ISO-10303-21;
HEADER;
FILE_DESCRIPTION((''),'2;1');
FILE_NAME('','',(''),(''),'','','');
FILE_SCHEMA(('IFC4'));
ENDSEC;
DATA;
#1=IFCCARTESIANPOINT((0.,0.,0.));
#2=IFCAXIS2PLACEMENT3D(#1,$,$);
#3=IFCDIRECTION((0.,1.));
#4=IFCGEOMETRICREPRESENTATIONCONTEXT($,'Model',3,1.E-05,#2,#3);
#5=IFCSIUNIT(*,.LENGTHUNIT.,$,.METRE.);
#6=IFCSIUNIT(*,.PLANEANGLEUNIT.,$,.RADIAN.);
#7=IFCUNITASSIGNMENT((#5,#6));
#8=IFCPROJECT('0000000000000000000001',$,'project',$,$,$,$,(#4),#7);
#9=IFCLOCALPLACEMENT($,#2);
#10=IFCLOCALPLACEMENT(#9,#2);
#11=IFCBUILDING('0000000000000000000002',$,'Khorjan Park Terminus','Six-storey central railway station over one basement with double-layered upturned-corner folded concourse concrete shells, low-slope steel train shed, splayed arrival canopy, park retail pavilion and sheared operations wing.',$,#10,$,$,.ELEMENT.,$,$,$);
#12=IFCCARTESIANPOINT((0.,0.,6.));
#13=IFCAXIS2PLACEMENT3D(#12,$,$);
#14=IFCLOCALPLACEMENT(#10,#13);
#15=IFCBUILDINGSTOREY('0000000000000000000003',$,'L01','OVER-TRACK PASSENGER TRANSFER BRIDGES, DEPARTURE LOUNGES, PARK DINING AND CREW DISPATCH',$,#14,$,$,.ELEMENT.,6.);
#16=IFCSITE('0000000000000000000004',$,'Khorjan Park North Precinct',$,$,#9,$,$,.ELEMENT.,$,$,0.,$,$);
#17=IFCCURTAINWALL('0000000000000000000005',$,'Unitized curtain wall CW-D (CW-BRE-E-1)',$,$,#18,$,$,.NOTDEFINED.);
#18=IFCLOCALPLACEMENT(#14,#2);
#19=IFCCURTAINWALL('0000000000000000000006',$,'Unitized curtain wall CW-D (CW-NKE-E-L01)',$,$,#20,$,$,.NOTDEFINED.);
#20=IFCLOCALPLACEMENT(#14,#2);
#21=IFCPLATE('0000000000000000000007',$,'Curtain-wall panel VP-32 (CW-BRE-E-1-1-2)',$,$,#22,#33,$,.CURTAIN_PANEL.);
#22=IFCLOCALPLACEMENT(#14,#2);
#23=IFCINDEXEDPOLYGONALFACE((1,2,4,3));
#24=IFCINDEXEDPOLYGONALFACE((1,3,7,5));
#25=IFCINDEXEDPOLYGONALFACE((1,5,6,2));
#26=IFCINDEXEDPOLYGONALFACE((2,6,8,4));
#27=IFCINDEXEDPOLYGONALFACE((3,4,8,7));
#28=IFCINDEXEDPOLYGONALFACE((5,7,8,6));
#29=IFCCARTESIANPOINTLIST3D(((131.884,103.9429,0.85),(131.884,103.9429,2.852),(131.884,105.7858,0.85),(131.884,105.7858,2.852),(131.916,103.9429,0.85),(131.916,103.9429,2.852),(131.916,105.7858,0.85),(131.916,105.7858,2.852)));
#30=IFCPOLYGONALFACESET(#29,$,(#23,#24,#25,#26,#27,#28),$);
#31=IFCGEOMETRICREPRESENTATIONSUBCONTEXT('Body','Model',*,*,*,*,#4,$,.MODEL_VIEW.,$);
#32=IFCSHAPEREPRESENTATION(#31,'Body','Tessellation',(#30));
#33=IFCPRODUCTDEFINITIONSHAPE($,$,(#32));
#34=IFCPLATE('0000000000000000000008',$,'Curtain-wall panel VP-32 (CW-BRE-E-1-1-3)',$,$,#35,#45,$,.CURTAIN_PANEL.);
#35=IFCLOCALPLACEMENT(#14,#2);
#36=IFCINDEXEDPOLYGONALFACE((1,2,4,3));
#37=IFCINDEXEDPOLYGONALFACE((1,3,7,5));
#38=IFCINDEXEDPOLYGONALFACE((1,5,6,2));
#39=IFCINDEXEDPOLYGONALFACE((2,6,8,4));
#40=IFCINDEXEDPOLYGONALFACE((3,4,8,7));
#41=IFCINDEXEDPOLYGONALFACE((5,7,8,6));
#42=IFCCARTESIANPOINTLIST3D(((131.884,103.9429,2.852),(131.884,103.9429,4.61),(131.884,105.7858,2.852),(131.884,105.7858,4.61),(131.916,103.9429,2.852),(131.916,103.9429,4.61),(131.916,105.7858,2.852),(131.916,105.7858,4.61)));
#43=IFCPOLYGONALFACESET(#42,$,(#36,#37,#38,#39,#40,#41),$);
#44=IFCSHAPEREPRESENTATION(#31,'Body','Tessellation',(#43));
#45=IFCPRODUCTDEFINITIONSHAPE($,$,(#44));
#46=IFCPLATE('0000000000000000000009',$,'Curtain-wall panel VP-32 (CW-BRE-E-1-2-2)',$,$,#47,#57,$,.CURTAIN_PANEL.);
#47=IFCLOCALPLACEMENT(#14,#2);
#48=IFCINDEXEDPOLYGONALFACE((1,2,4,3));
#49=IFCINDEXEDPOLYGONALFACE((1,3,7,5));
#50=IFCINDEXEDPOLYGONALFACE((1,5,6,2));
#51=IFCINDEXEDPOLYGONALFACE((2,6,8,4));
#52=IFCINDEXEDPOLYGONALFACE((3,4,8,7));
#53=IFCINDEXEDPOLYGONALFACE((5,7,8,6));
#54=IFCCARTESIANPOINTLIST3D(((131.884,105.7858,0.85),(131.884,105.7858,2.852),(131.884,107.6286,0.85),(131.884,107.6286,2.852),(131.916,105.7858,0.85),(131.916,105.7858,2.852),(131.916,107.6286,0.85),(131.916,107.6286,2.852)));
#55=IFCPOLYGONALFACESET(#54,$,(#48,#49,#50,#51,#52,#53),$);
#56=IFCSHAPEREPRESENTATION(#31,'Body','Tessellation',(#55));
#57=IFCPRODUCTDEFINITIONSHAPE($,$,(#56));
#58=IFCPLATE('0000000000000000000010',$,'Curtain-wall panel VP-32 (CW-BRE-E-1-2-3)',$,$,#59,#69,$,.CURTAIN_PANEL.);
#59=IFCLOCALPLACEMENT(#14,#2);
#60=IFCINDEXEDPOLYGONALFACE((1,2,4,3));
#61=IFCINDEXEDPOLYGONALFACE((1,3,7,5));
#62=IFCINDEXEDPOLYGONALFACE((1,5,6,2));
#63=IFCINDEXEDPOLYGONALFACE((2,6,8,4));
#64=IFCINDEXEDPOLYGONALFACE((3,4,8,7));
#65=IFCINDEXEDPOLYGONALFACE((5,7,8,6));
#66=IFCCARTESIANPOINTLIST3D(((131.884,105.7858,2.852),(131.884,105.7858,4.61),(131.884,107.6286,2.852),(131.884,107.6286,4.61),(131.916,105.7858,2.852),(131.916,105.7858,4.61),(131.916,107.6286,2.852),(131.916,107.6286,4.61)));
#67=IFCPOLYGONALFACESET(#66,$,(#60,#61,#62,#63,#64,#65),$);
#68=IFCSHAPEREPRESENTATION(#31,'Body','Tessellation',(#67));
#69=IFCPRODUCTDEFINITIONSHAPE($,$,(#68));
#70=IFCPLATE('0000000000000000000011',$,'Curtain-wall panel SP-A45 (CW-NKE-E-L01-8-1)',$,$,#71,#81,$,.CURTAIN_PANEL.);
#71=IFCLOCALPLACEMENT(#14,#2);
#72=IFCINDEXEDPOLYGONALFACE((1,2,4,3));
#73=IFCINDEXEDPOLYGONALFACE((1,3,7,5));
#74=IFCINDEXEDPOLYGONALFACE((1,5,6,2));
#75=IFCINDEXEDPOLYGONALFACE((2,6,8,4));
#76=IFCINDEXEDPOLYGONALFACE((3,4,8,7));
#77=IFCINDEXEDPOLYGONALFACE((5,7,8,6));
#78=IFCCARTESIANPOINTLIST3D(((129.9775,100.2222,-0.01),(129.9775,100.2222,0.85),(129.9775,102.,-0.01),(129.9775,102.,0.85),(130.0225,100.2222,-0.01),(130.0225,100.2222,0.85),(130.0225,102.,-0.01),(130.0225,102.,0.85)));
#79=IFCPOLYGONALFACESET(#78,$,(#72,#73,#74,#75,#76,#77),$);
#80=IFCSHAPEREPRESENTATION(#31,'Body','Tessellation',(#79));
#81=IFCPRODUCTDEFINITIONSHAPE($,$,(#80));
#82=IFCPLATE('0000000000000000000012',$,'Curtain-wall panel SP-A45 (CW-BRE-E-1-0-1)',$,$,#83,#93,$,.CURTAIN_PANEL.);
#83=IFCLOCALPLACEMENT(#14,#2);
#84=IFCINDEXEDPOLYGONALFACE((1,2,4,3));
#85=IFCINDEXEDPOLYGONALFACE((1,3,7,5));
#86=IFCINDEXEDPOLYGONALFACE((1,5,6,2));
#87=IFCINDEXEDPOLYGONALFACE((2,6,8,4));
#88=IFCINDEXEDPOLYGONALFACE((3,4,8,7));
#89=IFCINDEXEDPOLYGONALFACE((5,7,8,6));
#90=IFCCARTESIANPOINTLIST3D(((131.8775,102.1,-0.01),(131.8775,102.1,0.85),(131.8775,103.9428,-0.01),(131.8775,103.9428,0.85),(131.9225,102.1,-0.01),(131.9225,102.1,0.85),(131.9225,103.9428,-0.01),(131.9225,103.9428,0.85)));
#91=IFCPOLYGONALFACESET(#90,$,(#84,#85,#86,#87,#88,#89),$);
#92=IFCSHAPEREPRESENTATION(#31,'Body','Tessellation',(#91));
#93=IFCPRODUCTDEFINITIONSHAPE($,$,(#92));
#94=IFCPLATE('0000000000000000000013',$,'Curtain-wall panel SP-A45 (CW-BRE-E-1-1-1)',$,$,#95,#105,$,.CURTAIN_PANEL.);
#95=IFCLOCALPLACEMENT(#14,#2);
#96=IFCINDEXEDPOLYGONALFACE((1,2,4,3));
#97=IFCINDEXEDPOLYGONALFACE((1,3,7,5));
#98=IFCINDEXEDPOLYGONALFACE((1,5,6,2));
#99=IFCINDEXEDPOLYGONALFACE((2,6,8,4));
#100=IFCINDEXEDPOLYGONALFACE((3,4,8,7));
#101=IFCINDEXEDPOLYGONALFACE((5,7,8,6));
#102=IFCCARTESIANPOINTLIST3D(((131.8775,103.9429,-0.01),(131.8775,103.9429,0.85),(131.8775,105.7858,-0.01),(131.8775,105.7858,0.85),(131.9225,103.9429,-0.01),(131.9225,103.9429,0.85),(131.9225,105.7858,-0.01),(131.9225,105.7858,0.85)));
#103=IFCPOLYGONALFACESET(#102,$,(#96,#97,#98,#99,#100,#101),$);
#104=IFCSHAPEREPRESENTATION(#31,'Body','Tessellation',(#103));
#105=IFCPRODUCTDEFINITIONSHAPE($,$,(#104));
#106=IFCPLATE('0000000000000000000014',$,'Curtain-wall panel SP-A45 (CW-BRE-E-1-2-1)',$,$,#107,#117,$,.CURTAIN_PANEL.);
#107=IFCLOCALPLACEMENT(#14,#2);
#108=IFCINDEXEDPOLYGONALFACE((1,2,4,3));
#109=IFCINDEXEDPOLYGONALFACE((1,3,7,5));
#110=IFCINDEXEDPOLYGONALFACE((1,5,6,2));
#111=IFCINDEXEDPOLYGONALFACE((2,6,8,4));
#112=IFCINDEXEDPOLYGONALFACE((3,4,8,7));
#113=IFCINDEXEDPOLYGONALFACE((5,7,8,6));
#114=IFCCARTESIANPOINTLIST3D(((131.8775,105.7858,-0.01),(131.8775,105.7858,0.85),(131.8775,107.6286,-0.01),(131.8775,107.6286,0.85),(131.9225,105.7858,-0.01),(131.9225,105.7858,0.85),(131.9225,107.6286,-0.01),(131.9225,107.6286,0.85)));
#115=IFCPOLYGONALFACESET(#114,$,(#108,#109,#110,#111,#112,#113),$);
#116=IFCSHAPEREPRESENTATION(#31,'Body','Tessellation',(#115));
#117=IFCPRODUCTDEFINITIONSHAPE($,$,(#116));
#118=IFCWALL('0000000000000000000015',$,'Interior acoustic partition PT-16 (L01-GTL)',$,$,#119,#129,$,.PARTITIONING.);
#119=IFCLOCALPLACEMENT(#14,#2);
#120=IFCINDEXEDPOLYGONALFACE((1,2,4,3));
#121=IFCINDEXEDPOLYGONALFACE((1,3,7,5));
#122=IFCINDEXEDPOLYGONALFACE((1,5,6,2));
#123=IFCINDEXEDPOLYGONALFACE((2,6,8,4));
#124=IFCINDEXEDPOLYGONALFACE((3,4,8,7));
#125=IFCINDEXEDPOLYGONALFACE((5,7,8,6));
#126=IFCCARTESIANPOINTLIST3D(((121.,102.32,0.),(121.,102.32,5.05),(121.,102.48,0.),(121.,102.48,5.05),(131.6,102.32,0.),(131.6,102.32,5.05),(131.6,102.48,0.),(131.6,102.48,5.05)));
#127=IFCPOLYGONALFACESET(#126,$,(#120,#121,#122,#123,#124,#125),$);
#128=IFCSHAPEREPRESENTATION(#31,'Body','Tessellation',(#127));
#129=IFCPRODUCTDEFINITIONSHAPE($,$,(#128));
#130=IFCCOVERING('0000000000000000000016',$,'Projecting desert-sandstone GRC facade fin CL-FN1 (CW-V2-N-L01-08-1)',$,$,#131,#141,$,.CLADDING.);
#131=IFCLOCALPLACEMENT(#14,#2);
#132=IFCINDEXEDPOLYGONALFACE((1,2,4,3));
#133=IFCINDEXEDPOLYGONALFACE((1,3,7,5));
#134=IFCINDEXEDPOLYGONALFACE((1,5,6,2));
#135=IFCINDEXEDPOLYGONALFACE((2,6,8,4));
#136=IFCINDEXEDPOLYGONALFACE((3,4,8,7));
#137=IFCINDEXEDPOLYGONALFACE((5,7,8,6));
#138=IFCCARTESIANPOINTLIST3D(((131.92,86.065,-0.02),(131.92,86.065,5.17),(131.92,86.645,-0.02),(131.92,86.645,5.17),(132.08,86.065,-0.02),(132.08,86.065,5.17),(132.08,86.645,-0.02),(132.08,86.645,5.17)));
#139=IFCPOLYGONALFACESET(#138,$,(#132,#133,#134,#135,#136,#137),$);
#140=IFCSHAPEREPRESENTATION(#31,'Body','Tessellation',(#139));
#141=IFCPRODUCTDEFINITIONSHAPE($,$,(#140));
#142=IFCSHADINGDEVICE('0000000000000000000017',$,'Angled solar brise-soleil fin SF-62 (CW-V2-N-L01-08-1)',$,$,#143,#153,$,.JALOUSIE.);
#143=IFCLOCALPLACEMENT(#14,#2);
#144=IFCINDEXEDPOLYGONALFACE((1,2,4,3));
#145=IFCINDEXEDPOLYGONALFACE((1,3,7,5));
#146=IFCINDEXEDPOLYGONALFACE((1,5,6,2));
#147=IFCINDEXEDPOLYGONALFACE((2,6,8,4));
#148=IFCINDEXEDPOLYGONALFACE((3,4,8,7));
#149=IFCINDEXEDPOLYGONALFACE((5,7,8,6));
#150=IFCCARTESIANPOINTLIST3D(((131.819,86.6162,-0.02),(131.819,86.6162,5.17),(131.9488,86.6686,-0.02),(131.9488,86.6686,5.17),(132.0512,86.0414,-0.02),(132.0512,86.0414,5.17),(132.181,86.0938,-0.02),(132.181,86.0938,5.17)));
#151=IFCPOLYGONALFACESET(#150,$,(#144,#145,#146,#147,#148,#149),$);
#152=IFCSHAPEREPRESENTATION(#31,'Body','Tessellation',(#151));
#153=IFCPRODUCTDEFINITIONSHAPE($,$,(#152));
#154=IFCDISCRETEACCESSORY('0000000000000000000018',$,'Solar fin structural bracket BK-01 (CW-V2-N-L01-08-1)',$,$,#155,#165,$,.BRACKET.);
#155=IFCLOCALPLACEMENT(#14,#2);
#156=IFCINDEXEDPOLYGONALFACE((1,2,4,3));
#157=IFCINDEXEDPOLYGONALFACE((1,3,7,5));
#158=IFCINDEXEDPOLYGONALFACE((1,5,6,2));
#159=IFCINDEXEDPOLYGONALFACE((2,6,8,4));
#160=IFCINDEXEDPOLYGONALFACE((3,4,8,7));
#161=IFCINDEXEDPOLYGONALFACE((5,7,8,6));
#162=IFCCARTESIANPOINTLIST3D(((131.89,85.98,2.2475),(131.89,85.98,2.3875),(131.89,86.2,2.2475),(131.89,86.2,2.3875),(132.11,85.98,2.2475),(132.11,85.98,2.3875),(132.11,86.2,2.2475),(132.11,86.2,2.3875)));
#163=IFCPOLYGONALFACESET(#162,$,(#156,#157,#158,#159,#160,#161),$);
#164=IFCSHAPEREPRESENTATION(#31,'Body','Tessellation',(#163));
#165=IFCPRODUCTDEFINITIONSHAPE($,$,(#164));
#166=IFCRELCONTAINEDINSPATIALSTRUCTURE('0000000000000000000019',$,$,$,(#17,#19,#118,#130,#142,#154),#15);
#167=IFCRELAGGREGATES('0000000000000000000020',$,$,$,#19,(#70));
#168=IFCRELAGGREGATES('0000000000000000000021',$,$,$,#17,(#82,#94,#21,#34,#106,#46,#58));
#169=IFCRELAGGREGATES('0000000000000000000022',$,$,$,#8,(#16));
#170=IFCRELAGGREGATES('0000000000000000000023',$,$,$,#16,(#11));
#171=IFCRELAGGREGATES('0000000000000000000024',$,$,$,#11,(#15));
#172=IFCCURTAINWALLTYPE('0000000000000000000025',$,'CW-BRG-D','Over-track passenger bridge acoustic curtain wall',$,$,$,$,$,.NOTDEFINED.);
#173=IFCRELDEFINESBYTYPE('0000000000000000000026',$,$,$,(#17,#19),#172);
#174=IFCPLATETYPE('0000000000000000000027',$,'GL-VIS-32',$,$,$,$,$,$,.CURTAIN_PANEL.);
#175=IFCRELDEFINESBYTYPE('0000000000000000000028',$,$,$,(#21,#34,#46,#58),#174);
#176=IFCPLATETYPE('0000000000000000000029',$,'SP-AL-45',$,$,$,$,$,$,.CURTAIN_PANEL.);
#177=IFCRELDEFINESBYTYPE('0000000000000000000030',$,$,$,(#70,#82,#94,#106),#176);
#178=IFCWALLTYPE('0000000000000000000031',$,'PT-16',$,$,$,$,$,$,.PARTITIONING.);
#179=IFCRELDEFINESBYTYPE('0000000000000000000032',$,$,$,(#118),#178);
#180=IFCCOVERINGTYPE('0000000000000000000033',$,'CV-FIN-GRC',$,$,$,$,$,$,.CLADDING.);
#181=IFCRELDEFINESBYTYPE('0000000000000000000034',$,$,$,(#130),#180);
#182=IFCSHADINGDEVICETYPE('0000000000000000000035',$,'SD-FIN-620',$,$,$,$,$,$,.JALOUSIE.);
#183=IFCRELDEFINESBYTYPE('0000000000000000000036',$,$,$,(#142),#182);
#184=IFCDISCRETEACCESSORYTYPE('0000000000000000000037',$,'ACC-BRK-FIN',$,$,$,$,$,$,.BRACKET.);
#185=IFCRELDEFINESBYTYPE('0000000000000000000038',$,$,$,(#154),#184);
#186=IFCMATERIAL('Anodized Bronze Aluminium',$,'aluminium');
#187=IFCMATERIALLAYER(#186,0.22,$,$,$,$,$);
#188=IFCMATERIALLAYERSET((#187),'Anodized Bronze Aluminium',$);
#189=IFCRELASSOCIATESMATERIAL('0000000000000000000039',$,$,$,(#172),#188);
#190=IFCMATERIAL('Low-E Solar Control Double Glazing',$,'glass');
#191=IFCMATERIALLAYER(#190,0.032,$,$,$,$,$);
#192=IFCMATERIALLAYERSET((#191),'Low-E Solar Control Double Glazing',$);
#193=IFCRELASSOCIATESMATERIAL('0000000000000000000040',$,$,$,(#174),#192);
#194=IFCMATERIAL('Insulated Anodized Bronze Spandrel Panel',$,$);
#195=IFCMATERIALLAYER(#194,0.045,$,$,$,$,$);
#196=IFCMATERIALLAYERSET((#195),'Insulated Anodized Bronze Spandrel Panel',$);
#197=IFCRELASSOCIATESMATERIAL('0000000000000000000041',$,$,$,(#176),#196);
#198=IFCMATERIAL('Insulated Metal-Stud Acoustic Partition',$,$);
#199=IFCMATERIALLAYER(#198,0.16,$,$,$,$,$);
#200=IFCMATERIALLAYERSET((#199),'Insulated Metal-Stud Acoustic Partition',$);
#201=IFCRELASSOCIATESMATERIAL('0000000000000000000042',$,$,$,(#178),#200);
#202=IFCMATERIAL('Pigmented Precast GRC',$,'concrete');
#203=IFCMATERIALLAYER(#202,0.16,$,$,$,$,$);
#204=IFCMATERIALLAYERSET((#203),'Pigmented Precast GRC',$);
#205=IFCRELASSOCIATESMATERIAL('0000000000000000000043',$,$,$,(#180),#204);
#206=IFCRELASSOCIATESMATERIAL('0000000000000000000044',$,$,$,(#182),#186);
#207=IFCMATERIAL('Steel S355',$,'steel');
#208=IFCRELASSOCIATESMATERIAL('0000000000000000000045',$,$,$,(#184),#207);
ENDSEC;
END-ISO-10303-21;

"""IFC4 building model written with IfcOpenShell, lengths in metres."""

from ifc_helpers import new_model, si_unit, direction, frame, frame_2d, origin, origin_2d, place, context, subcontext, project, spatial, rectangle, extrude, material, layer, layer_set, type_object, element, aggregate, save


model = new_model("IFC4")

# Units and contexts
model_context = context("Model", 3, precision=1e-05, world=origin(), true_north=direction((0.0, 1.0)))
body_context = subcontext(model_context, "Body", "Model", "MODEL_VIEW")
ifc_project = project(units=[si_unit("LENGTHUNIT", "METRE"), si_unit("PLANEANGLEUNIT", "RADIAN")], contexts=[model_context])

# Site, building, storey
site_placement = place(None, origin())
site = spatial("IfcSite", under=ifc_project, at=site_placement, Name="Khorjan Park North Precinct", CompositionType="ELEMENT", RefElevation=0.0)
building_placement = place(site_placement, origin())
building = spatial("IfcBuilding", under=site, at=building_placement, Name="Khorjan Park Terminus", Description="Six-storey central railway station over one basement with double-layered upturned-corner folded concourse concrete shells, low-slope steel train shed, splayed arrival canopy, park retail pavilion and sheared operations wing.", CompositionType="ELEMENT")
storey_placement = place(building_placement, frame((0.0, 0.0, 6.0)))
storey = spatial("IfcBuildingStorey", under=building, at=storey_placement, Name="L01", Description="OVER-TRACK PASSENGER TRANSFER BRIDGES, DEPARTURE LOUNGES, PARK DINING AND CREW DISPATCH", CompositionType="ELEMENT", Elevation=6.0)

# Curtain wall
ifc_material_1 = material(Name="Anodized Bronze Aluminium", Category="aluminium")
ifc_layer_1 = layer(ifc_material_1, 0.22)
ifc_layer_set_1 = layer_set([ifc_layer_1], Name="Anodized Bronze Aluminium")
curtain_wall_type = type_object("IfcCurtainWallType", Name="CW-BRG-D", Description="Over-track passenger bridge acoustic curtain wall", PredefinedType="NOTDEFINED", material=ifc_layer_set_1)
curtain_wall_1_placement = place(storey_placement, origin())
curtain_wall_1 = element("IfcCurtainWall", 1, at=curtain_wall_1_placement, inside=storey, type_object=curtain_wall_type, Name="Unitized curtain wall CW-D (CW-BRE-E-1)", PredefinedType="NOTDEFINED")

# Curtain wall
curtain_wall_2_placement = place(storey_placement, origin())
curtain_wall_2 = element("IfcCurtainWall", 2, at=curtain_wall_2_placement, inside=storey, type_object=curtain_wall_type, Name="Unitized curtain wall CW-D (CW-NKE-E-L01)", PredefinedType="NOTDEFINED")

# Plates
ifc_material_2 = material(Name="Low-E Solar Control Double Glazing", Category="glass")
ifc_layer_2 = layer(ifc_material_2, 0.032)
ifc_layer_set_2 = layer_set([ifc_layer_2], Name="Low-E Solar Control Double Glazing")
plate_type_1 = type_object("IfcPlateType", Name="GL-VIS-32", PredefinedType="CURTAIN_PANEL", material=ifc_layer_set_2)
plate_1_placement = place(storey_placement, frame((131.9, 104.8643, 0.85), z_axis=(0.0, 0.0, 1.0), x_axis=(0.0, 1.0, 0.0)))
plate_1 = element("IfcPlate", 3, at=plate_1_placement, type_object=plate_type_1, Name="Curtain-wall panel VP-32 (CW-BRE-E-1-1-2)", PredefinedType="CURTAIN_PANEL", context=body_context, shape_type="SweptSolid", body=[
    extrude(rectangle(XDim=1.8429, YDim=0.032, at=origin_2d()), origin(), (0.0, 0.0, 1.0), 2.002),
])
plate_2_placement = place(storey_placement, frame((131.9, 104.8643, 2.852), z_axis=(0.0, 0.0, 1.0), x_axis=(0.0, 1.0, 0.0)))
plate_2 = element("IfcPlate", 4, at=plate_2_placement, type_object=plate_type_1, Name="Curtain-wall panel VP-32 (CW-BRE-E-1-1-3)", PredefinedType="CURTAIN_PANEL", context=body_context, shape_type="SweptSolid", body=[
    extrude(rectangle(XDim=1.8429, YDim=0.032, at=origin_2d()), origin(), (0.0, 0.0, 1.0), 1.758),
])
plate_3_placement = place(storey_placement, frame((131.9, 106.7072, 0.85), z_axis=(0.0, 0.0, 1.0), x_axis=(0.0, 1.0, 0.0)))
plate_3 = element("IfcPlate", 5, at=plate_3_placement, type_object=plate_type_1, Name="Curtain-wall panel VP-32 (CW-BRE-E-1-2-2)", PredefinedType="CURTAIN_PANEL", context=body_context, shape_type="SweptSolid", body=[
    extrude(rectangle(XDim=1.8429, YDim=0.032, at=origin_2d()), origin(), (0.0, 0.0, 1.0), 2.002),
])
plate_4_placement = place(storey_placement, frame((131.9, 106.7072, 2.852), z_axis=(0.0, 0.0, 1.0), x_axis=(0.0, 1.0, 0.0)))
plate_4 = element("IfcPlate", 6, at=plate_4_placement, type_object=plate_type_1, Name="Curtain-wall panel VP-32 (CW-BRE-E-1-2-3)", PredefinedType="CURTAIN_PANEL", context=body_context, shape_type="SweptSolid", body=[
    extrude(rectangle(XDim=1.8429, YDim=0.032, at=origin_2d()), origin(), (0.0, 0.0, 1.0), 1.758),
])
ifc_material_3 = material(Name="Insulated Anodized Bronze Spandrel Panel")
ifc_layer_3 = layer(ifc_material_3, 0.045)
ifc_layer_set_3 = layer_set([ifc_layer_3], Name="Insulated Anodized Bronze Spandrel Panel")
plate_type_2 = type_object("IfcPlateType", Name="SP-AL-45", PredefinedType="CURTAIN_PANEL", material=ifc_layer_set_3)
plate_5_placement = place(storey_placement, frame((130.0, 101.1111, -0.01), z_axis=(0.0, 0.0, 1.0), x_axis=(0.0, 1.0, 0.0)))
plate_5 = element("IfcPlate", 7, at=plate_5_placement, type_object=plate_type_2, Name="Curtain-wall panel SP-A45 (CW-NKE-E-L01-8-1)", PredefinedType="CURTAIN_PANEL", context=body_context, shape_type="SweptSolid", body=[
    extrude(rectangle(XDim=1.7778, YDim=0.045, at=origin_2d()), origin(), (0.0, 0.0, 1.0), 0.86),
])
aggregate(curtain_wall_2, [plate_5])
plate_6_placement = place(storey_placement, frame((131.9, 103.0214, -0.01), z_axis=(0.0, 0.0, 1.0), x_axis=(0.0, 1.0, 0.0)))
plate_6 = element("IfcPlate", 8, at=plate_6_placement, type_object=plate_type_2, Name="Curtain-wall panel SP-A45 (CW-BRE-E-1-0-1)", PredefinedType="CURTAIN_PANEL", context=body_context, shape_type="SweptSolid", body=[
    extrude(rectangle(XDim=1.8429, YDim=0.045, at=origin_2d()), origin(), (0.0, 0.0, 1.0), 0.86),
])
plate_7_placement = place(storey_placement, frame((131.9, 104.8643, -0.01), z_axis=(0.0, 0.0, 1.0), x_axis=(0.0, 1.0, 0.0)))
plate_7 = element("IfcPlate", 9, at=plate_7_placement, type_object=plate_type_2, Name="Curtain-wall panel SP-A45 (CW-BRE-E-1-1-1)", PredefinedType="CURTAIN_PANEL", context=body_context, shape_type="SweptSolid", body=[
    extrude(rectangle(XDim=1.8429, YDim=0.045, at=origin_2d()), origin(), (0.0, 0.0, 1.0), 0.86),
])
plate_8_placement = place(storey_placement, frame((131.9, 106.7072, -0.01), z_axis=(0.0, 0.0, 1.0), x_axis=(0.0, 1.0, 0.0)))
plate_8 = element("IfcPlate", 10, at=plate_8_placement, type_object=plate_type_2, Name="Curtain-wall panel SP-A45 (CW-BRE-E-1-2-1)", PredefinedType="CURTAIN_PANEL", context=body_context, shape_type="SweptSolid", body=[
    extrude(rectangle(XDim=1.8429, YDim=0.045, at=origin_2d()), origin(), (0.0, 0.0, 1.0), 0.86),
])
aggregate(curtain_wall_1, [plate_6, plate_7, plate_1, plate_2, plate_8, plate_3, plate_4])

# Wall
ifc_material_4 = material(Name="Insulated Metal-Stud Acoustic Partition")
ifc_layer_4 = layer(ifc_material_4, 0.16)
ifc_layer_set_4 = layer_set([ifc_layer_4], Name="Insulated Metal-Stud Acoustic Partition")
wall_type = type_object("IfcWallType", Name="PT-16", PredefinedType="PARTITIONING", material=ifc_layer_set_4)
wall_placement = place(storey_placement, frame((131.6, 102.4, 0.0), z_axis=(0.0, 0.0, 1.0), x_axis=(-1.0, 0.0, 0.0)))
element("IfcWall", 11, at=wall_placement, inside=storey, type_object=wall_type, Name="Interior acoustic partition PT-16 (L01-GTL)", PredefinedType="PARTITIONING", context=body_context, shape_type="SweptSolid", body=[
    extrude(rectangle(XDim=10.6, YDim=0.16, at=frame_2d((5.3, 0.0))), origin(), (0.0, 0.0, 1.0), 5.05),
])

# Covering
ifc_material_5 = material(Name="Pigmented Precast GRC", Category="concrete")
ifc_layer_5 = layer(ifc_material_5, 0.16)
ifc_layer_set_5 = layer_set([ifc_layer_5], Name="Pigmented Precast GRC")
covering_type = type_object("IfcCoveringType", Name="CV-FIN-GRC", PredefinedType="CLADDING", material=ifc_layer_set_5)
covering_placement = place(storey_placement, frame((132.0, 86.355, -0.02), z_axis=(0.0, 0.0, 1.0), x_axis=(0.0, -1.0, 0.0)))
element("IfcCovering", 12, at=covering_placement, inside=storey, type_object=covering_type, Name="Projecting desert-sandstone GRC facade fin CL-FN1 (CW-V2-N-L01-08-1)", PredefinedType="CLADDING", context=body_context, shape_type="SweptSolid", body=[
    extrude(rectangle(XDim=0.58, YDim=0.16, at=origin_2d()), origin(), (0.0, 0.0, 1.0), 5.19),
])

# Shading device
shading_device_type = type_object("IfcShadingDeviceType", Name="SD-FIN-620", PredefinedType="JALOUSIE", material=ifc_material_1)
shading_device_placement = place(storey_placement, frame((132.0, 86.355, -0.02), z_axis=(0.0, 0.0, 1.0), x_axis=(0.374607, -0.927184, 0.0)))
element("IfcShadingDevice", 13, at=shading_device_placement, inside=storey, type_object=shading_device_type, Name="Angled solar brise-soleil fin SF-62 (CW-V2-N-L01-08-1)", PredefinedType="JALOUSIE", context=body_context, shape_type="SweptSolid", body=[
    extrude(rectangle(XDim=0.62, YDim=0.14, at=origin_2d()), origin(), (0.0, 0.0, 1.0), 5.19),
])

# Discrete accessory
ifc_material_6 = material(Name="Steel S355", Category="steel")
discrete_accessory_type = type_object("IfcDiscreteAccessoryType", Name="ACC-BRK-FIN", PredefinedType="BRACKET", material=ifc_material_6)
discrete_accessory_placement = place(storey_placement, frame((132.0, 86.09, 2.2475), z_axis=(0.0, 0.0, 1.0), x_axis=(-1.0, 0.0, 0.0)))
element("IfcDiscreteAccessory", 14, at=discrete_accessory_placement, inside=storey, type_object=discrete_accessory_type, Name="Solar fin structural bracket BK-01 (CW-V2-N-L01-08-1)", PredefinedType="BRACKET", context=body_context, shape_type="SweptSolid", body=[
    extrude(rectangle(XDim=0.22, YDim=0.22, at=origin_2d()), origin(), (0.0, 0.0, 1.0), 0.14),
])

save(model, "model.ifc")
